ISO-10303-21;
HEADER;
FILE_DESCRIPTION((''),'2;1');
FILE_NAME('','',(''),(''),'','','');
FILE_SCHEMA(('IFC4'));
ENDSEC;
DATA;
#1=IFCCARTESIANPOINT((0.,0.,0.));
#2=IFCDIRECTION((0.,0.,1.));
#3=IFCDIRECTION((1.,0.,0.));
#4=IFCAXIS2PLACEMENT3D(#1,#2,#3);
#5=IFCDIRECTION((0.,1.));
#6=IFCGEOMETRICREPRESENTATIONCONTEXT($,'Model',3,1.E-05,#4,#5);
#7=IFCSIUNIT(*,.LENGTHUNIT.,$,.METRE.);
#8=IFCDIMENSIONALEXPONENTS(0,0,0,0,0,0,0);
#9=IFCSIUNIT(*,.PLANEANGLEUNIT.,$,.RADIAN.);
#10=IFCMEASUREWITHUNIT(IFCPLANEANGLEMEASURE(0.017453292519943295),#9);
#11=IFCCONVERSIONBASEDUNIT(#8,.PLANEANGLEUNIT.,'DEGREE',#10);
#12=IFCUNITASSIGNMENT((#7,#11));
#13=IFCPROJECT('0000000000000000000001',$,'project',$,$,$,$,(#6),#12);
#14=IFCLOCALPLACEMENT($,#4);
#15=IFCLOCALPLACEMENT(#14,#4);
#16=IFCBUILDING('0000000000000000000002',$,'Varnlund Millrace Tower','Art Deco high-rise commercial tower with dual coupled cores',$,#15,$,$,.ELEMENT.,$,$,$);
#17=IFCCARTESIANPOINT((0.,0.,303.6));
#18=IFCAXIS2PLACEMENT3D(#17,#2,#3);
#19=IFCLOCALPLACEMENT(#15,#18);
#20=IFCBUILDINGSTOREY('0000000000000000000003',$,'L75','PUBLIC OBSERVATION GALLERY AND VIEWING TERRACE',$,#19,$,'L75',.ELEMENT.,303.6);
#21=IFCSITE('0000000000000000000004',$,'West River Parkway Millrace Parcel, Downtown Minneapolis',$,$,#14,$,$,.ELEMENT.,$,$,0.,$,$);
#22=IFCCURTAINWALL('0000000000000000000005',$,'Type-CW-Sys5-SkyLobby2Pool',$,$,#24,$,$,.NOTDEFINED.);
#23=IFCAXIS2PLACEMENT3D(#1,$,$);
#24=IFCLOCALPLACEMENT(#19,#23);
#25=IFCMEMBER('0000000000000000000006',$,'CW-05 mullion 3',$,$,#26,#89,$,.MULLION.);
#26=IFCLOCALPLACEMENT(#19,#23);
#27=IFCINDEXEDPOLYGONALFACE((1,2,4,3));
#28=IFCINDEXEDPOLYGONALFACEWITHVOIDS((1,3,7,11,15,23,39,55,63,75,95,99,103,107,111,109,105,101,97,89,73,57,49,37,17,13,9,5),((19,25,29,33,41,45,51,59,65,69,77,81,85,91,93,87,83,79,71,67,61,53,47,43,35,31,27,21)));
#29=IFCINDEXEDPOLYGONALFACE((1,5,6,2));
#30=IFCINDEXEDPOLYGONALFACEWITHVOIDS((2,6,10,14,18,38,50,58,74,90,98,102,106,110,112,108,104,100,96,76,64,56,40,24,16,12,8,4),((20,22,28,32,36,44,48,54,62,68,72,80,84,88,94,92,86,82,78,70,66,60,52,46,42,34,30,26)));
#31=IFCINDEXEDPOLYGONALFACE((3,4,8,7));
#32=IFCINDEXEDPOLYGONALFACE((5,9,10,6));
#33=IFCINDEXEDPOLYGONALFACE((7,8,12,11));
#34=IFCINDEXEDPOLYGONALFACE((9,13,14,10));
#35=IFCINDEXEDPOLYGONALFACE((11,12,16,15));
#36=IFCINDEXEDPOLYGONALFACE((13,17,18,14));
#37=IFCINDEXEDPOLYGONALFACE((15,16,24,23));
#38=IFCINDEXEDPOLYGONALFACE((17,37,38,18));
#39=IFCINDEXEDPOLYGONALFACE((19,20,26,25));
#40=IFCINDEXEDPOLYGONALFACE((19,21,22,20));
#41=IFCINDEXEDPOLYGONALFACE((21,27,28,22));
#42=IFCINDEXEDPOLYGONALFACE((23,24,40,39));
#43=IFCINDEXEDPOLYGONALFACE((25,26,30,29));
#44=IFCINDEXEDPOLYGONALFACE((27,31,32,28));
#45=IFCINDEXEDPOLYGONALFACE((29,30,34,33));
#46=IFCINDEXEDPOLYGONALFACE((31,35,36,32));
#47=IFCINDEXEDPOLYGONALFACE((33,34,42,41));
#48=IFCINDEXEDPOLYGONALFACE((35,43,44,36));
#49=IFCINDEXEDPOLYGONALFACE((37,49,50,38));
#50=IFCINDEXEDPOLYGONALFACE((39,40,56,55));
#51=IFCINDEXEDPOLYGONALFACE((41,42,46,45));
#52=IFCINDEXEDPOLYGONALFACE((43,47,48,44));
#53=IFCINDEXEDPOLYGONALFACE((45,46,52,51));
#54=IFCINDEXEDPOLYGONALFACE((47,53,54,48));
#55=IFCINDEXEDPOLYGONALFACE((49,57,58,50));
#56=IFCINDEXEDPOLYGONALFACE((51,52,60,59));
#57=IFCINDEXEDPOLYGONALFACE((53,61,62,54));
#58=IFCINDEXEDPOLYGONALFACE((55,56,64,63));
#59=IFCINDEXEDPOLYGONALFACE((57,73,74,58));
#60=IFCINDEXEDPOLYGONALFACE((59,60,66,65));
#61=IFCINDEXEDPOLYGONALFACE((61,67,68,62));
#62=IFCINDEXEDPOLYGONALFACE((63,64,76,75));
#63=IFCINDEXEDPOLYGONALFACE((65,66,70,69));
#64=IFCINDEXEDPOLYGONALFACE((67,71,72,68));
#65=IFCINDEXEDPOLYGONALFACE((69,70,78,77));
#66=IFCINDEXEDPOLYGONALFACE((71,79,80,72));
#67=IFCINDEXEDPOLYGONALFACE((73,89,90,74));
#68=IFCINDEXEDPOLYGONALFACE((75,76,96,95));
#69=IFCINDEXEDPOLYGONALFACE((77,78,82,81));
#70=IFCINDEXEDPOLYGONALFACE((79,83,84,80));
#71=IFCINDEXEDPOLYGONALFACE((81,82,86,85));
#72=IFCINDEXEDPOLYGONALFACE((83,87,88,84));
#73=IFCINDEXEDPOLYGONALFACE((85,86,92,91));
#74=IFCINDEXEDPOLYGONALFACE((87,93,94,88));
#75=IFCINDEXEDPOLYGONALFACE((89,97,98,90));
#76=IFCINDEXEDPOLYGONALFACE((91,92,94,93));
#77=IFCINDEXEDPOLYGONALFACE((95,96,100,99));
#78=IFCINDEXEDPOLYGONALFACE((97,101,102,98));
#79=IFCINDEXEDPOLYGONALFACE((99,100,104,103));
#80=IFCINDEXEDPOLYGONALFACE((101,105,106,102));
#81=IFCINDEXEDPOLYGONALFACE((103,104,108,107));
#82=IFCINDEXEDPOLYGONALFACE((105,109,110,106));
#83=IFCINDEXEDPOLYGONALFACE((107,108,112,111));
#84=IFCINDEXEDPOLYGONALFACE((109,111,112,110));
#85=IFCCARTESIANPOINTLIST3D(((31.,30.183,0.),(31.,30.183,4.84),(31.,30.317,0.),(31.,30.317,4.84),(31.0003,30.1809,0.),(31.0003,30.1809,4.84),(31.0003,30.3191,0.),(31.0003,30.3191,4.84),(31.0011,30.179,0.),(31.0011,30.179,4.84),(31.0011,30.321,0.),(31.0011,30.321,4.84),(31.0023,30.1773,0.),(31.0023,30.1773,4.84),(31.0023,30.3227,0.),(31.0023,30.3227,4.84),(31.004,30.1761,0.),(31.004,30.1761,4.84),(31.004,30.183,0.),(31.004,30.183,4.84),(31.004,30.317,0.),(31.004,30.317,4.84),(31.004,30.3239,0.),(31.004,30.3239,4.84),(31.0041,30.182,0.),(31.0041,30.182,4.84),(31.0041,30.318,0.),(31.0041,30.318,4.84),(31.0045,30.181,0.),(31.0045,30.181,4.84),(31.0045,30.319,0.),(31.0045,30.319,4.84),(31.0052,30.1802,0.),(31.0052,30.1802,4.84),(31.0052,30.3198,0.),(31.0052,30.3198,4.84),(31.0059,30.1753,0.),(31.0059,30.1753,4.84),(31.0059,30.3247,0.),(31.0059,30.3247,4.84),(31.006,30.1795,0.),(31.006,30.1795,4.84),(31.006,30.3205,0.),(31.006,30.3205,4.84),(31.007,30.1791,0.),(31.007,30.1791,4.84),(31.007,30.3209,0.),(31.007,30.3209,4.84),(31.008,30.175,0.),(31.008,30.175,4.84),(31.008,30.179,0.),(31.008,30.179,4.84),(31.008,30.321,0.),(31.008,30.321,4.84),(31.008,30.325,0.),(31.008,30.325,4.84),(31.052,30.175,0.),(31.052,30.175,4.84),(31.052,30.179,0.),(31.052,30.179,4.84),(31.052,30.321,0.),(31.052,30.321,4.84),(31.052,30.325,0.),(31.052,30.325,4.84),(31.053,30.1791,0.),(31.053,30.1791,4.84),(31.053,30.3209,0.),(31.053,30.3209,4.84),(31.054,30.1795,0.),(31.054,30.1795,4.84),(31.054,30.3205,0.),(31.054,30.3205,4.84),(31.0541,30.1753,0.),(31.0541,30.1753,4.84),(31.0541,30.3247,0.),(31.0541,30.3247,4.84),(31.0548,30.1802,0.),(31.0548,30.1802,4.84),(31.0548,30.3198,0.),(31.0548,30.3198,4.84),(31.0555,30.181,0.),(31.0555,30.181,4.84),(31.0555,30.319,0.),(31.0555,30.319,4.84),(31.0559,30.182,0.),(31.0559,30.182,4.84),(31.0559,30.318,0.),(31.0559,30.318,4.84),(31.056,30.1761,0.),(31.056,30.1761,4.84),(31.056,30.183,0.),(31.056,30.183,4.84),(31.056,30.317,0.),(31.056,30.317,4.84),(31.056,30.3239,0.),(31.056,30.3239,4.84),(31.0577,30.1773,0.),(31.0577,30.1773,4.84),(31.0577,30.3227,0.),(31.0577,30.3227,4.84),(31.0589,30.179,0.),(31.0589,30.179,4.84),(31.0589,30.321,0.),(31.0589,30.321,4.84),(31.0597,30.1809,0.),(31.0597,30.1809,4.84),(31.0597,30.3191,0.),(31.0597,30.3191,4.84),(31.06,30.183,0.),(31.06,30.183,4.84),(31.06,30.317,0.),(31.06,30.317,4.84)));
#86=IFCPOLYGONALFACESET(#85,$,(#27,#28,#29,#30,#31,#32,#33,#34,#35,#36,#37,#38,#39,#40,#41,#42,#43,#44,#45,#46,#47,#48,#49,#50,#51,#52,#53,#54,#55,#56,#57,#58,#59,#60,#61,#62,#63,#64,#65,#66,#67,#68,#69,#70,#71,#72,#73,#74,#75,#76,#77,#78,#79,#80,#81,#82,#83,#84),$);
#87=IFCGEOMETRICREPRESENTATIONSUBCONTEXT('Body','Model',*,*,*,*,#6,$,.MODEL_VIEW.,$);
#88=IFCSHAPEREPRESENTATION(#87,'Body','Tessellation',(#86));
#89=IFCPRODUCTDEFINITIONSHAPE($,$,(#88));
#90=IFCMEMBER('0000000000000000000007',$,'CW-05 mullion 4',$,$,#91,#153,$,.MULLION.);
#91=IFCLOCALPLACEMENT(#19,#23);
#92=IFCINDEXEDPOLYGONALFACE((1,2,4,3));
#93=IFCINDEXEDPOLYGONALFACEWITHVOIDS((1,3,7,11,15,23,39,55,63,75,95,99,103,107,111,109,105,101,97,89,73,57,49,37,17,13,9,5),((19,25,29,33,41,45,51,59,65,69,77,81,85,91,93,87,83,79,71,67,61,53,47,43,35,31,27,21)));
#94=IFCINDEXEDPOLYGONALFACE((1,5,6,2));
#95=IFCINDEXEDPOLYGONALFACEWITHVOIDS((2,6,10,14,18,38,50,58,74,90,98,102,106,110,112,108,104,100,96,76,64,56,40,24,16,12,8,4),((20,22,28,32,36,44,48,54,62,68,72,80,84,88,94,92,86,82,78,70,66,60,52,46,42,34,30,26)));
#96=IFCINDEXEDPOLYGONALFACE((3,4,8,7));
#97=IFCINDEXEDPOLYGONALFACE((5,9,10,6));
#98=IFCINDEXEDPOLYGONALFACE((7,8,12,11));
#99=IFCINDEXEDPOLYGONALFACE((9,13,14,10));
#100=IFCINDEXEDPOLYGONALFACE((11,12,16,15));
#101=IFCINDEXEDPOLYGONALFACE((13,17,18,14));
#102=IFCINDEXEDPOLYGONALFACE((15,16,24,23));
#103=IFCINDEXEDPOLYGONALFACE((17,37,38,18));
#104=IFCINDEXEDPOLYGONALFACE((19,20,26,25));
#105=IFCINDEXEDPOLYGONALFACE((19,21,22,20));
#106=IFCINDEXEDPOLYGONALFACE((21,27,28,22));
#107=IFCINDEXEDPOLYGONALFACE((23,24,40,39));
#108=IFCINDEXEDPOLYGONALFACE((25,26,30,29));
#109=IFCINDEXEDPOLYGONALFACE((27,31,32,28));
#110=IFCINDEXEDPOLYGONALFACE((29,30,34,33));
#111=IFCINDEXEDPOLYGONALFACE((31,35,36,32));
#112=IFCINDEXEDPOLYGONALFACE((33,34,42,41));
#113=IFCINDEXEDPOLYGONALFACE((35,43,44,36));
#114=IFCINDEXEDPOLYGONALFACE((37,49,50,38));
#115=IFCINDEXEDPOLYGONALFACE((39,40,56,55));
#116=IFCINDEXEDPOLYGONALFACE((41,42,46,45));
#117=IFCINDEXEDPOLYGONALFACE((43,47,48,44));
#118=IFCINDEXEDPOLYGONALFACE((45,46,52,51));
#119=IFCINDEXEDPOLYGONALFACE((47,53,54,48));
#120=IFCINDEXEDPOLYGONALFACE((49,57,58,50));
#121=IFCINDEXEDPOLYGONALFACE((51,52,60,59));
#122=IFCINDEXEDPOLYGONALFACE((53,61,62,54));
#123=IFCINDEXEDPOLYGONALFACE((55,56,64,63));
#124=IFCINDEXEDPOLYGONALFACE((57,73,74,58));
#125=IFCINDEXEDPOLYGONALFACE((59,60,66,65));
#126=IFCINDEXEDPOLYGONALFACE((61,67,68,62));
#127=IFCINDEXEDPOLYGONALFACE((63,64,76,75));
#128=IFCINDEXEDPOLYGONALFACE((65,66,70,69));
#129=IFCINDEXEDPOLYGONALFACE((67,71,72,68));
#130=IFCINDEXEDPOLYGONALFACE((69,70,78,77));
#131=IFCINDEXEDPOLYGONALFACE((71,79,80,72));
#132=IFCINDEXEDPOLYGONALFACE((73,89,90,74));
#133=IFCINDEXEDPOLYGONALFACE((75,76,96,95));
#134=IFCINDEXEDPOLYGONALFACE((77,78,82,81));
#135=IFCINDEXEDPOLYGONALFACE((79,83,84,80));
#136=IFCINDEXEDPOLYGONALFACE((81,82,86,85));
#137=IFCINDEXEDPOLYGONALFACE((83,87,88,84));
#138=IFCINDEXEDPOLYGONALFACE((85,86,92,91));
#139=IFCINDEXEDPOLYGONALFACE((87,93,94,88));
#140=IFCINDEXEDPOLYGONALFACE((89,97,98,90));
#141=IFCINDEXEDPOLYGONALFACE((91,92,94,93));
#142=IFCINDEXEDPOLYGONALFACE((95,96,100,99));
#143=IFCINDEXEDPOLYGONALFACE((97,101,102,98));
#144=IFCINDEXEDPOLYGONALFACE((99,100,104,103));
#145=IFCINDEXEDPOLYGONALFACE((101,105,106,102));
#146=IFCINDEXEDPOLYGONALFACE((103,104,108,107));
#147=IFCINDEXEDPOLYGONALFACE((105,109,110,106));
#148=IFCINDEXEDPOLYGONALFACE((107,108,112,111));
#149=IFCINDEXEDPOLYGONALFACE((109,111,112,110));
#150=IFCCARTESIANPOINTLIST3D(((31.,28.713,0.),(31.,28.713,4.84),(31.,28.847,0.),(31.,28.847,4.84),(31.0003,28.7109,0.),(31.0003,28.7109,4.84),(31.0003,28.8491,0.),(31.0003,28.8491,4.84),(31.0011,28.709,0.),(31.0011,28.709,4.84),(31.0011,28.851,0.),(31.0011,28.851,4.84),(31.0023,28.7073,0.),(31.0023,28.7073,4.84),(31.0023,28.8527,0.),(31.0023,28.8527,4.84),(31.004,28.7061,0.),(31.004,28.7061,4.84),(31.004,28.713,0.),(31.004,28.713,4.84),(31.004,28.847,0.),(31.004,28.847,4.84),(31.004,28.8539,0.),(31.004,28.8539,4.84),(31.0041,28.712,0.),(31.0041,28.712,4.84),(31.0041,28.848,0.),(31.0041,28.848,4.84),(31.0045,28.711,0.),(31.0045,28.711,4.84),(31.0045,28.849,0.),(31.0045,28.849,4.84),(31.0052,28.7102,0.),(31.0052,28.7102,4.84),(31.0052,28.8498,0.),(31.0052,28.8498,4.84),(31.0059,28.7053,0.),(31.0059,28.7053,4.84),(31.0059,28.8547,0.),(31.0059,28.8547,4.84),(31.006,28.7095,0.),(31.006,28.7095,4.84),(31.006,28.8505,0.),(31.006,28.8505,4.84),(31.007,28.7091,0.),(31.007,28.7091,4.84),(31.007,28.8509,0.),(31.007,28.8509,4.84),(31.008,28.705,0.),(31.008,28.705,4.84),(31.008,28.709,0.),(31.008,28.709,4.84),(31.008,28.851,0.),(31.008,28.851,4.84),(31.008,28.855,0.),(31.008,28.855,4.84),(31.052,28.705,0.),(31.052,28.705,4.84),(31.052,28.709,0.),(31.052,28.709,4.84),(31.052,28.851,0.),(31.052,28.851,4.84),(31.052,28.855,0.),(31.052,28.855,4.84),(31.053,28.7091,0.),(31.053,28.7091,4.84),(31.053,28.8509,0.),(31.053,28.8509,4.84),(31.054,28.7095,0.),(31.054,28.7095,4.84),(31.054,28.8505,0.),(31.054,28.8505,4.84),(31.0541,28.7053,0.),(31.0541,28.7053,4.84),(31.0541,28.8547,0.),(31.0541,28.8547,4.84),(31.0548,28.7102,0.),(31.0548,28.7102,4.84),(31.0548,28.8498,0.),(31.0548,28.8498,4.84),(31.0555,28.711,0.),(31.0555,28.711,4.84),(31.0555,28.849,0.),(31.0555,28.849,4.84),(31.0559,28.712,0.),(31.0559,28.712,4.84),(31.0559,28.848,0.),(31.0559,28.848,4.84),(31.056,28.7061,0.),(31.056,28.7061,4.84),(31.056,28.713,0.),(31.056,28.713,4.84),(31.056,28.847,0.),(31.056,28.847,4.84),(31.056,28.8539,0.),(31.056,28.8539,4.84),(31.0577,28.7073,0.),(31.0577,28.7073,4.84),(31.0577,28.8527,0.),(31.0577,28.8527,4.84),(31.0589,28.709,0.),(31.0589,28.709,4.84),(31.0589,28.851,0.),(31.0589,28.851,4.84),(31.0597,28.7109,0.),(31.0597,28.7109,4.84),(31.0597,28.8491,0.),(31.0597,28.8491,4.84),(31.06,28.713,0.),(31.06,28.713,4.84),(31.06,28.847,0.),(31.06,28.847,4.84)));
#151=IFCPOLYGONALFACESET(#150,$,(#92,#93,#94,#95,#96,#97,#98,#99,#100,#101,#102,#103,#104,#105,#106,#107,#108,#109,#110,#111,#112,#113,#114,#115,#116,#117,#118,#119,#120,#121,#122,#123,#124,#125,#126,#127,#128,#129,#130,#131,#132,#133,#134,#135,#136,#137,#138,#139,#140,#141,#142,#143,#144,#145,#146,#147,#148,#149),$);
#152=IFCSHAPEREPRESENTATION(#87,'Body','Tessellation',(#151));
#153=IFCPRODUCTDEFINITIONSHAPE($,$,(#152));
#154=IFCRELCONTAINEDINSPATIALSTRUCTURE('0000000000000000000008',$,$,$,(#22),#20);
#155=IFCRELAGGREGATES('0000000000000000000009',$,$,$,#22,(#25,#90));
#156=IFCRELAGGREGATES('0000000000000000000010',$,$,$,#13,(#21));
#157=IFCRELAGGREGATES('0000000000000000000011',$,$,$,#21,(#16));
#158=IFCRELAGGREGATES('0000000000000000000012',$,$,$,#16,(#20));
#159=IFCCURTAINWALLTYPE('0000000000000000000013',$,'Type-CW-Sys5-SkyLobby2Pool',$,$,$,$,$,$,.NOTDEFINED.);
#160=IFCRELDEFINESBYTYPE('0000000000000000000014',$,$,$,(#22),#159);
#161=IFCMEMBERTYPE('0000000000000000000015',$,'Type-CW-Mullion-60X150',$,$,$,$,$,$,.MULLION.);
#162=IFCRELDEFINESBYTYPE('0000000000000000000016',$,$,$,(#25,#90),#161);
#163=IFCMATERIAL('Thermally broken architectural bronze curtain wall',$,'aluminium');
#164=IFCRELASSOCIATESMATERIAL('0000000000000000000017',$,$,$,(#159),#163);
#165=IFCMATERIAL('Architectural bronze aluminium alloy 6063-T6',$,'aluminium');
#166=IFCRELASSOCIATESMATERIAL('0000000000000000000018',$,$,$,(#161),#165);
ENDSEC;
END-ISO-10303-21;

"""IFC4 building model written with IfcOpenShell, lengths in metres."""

from ifc_helpers import new_model, entity, si_unit, converted_unit, direction, frame, origin_with_axes, origin_2d_with_axis, place, context, subcontext, project, spatial, hollow_rectangle, extrude, material, material_profile, profile_set, type_object, element, aggregate, save


model = new_model("IFC4")

# Units and contexts
model_context = context("Model", 3, precision=1e-05, world=origin_with_axes(), true_north=direction((0.0, 1.0)))
body_context = subcontext(model_context, "Body", "Model", "MODEL_VIEW")
ifc_project = project(units=[si_unit("LENGTHUNIT", "METRE"), converted_unit("PLANEANGLEUNIT", "DEGREE", entity("IfcPlaneAngleMeasure", 0.017453292519943295), si_unit("PLANEANGLEUNIT", "RADIAN"), dimensions=[0, 0, 0, 0, 0, 0, 0])], contexts=[model_context])

# Site, building, storey
site_placement = place(None, origin_with_axes())
site = spatial("IfcSite", under=ifc_project, at=site_placement, Name="West River Parkway Millrace Parcel, Downtown Minneapolis", CompositionType="ELEMENT", RefElevation=0.0)
building_placement = place(site_placement, origin_with_axes())
building = spatial("IfcBuilding", under=site, at=building_placement, Name="Varnlund Millrace Tower", Description="Art Deco high-rise commercial tower with dual coupled cores", CompositionType="ELEMENT")
storey_placement = place(building_placement, frame((0.0, 0.0, 303.6), z_axis=(0.0, 0.0, 1.0), x_axis=(1.0, 0.0, 0.0)))
storey = spatial("IfcBuildingStorey", under=building, at=storey_placement, Name="L75", Description="PUBLIC OBSERVATION GALLERY AND VIEWING TERRACE", LongName="L75", CompositionType="ELEMENT", Elevation=303.6)

# Curtain wall, members
ifc_material_1 = material(Name="Thermally broken architectural bronze curtain wall", Category="aluminium")
curtain_wall_type = type_object("IfcCurtainWallType", Name="Type-CW-Sys5-SkyLobby2Pool", PredefinedType="NOTDEFINED", material=ifc_material_1)
curtain_wall_1_placement = place(storey_placement, frame((31.03, 33.25, 0.0), z_axis=(0.0, 0.0, 1.0), x_axis=(1.0, 0.0, 0.0)))
curtain_wall_1 = element("IfcCurtainWall", 1, at=curtain_wall_1_placement, inside=storey, type_object=curtain_wall_type, Name="Type-CW-Sys5-SkyLobby2Pool", PredefinedType="NOTDEFINED")
ifc_material_2 = material(Name="Architectural bronze aluminium alloy 6063-T6", Category="aluminium")
ifc_material_profile_1 = material_profile(ifc_material_2, hollow_rectangle(XDim=0.06, YDim=0.15, WallThickness=0.004, InnerFilletRadius=0.004, OuterFilletRadius=0.008, at=origin_2d_with_axis()), Name="Architectural bronze aluminium alloy 6063-T6")
ifc_profile_set_1 = profile_set([ifc_material_profile_1], Name="Architectural bronze aluminium alloy 6063-T6")
member_type = type_object("IfcMemberType", Name="Type-CW-Mullion-60X150", PredefinedType="MULLION", material=ifc_profile_set_1)
member_1_placement = place(storey_placement, frame((31.03, 30.25, 0.0), z_axis=(0.0, 0.0, 1.0), x_axis=(1.0, 0.0, 0.0)))
member_1 = element("IfcMember", 2, at=member_1_placement, type_object=member_type, Name="CW-05 mullion 3", PredefinedType="MULLION", context=body_context, shape_type="SweptSolid", body=[
    extrude(hollow_rectangle(XDim=0.06, YDim=0.15, WallThickness=0.004, InnerFilletRadius=0.004, OuterFilletRadius=0.008, at=origin_2d_with_axis()), origin_with_axes(), (0.0, 0.0, 1.0), 4.84),
])
member_2_placement = place(storey_placement, frame((31.03, 28.78, 0.0), z_axis=(0.0, 0.0, 1.0), x_axis=(1.0, 0.0, 0.0)))
member_2 = element("IfcMember", 3, at=member_2_placement, type_object=member_type, Name="CW-05 mullion 4", PredefinedType="MULLION", context=body_context, shape_type="SweptSolid", body=[
    extrude(hollow_rectangle(XDim=0.06, YDim=0.15, WallThickness=0.004, InnerFilletRadius=0.004, OuterFilletRadius=0.008, at=origin_2d_with_axis()), origin_with_axes(), (0.0, 0.0, 1.0), 4.84),
])
aggregate(curtain_wall_1, [member_1, member_2])

save(model, "model.ifc")
